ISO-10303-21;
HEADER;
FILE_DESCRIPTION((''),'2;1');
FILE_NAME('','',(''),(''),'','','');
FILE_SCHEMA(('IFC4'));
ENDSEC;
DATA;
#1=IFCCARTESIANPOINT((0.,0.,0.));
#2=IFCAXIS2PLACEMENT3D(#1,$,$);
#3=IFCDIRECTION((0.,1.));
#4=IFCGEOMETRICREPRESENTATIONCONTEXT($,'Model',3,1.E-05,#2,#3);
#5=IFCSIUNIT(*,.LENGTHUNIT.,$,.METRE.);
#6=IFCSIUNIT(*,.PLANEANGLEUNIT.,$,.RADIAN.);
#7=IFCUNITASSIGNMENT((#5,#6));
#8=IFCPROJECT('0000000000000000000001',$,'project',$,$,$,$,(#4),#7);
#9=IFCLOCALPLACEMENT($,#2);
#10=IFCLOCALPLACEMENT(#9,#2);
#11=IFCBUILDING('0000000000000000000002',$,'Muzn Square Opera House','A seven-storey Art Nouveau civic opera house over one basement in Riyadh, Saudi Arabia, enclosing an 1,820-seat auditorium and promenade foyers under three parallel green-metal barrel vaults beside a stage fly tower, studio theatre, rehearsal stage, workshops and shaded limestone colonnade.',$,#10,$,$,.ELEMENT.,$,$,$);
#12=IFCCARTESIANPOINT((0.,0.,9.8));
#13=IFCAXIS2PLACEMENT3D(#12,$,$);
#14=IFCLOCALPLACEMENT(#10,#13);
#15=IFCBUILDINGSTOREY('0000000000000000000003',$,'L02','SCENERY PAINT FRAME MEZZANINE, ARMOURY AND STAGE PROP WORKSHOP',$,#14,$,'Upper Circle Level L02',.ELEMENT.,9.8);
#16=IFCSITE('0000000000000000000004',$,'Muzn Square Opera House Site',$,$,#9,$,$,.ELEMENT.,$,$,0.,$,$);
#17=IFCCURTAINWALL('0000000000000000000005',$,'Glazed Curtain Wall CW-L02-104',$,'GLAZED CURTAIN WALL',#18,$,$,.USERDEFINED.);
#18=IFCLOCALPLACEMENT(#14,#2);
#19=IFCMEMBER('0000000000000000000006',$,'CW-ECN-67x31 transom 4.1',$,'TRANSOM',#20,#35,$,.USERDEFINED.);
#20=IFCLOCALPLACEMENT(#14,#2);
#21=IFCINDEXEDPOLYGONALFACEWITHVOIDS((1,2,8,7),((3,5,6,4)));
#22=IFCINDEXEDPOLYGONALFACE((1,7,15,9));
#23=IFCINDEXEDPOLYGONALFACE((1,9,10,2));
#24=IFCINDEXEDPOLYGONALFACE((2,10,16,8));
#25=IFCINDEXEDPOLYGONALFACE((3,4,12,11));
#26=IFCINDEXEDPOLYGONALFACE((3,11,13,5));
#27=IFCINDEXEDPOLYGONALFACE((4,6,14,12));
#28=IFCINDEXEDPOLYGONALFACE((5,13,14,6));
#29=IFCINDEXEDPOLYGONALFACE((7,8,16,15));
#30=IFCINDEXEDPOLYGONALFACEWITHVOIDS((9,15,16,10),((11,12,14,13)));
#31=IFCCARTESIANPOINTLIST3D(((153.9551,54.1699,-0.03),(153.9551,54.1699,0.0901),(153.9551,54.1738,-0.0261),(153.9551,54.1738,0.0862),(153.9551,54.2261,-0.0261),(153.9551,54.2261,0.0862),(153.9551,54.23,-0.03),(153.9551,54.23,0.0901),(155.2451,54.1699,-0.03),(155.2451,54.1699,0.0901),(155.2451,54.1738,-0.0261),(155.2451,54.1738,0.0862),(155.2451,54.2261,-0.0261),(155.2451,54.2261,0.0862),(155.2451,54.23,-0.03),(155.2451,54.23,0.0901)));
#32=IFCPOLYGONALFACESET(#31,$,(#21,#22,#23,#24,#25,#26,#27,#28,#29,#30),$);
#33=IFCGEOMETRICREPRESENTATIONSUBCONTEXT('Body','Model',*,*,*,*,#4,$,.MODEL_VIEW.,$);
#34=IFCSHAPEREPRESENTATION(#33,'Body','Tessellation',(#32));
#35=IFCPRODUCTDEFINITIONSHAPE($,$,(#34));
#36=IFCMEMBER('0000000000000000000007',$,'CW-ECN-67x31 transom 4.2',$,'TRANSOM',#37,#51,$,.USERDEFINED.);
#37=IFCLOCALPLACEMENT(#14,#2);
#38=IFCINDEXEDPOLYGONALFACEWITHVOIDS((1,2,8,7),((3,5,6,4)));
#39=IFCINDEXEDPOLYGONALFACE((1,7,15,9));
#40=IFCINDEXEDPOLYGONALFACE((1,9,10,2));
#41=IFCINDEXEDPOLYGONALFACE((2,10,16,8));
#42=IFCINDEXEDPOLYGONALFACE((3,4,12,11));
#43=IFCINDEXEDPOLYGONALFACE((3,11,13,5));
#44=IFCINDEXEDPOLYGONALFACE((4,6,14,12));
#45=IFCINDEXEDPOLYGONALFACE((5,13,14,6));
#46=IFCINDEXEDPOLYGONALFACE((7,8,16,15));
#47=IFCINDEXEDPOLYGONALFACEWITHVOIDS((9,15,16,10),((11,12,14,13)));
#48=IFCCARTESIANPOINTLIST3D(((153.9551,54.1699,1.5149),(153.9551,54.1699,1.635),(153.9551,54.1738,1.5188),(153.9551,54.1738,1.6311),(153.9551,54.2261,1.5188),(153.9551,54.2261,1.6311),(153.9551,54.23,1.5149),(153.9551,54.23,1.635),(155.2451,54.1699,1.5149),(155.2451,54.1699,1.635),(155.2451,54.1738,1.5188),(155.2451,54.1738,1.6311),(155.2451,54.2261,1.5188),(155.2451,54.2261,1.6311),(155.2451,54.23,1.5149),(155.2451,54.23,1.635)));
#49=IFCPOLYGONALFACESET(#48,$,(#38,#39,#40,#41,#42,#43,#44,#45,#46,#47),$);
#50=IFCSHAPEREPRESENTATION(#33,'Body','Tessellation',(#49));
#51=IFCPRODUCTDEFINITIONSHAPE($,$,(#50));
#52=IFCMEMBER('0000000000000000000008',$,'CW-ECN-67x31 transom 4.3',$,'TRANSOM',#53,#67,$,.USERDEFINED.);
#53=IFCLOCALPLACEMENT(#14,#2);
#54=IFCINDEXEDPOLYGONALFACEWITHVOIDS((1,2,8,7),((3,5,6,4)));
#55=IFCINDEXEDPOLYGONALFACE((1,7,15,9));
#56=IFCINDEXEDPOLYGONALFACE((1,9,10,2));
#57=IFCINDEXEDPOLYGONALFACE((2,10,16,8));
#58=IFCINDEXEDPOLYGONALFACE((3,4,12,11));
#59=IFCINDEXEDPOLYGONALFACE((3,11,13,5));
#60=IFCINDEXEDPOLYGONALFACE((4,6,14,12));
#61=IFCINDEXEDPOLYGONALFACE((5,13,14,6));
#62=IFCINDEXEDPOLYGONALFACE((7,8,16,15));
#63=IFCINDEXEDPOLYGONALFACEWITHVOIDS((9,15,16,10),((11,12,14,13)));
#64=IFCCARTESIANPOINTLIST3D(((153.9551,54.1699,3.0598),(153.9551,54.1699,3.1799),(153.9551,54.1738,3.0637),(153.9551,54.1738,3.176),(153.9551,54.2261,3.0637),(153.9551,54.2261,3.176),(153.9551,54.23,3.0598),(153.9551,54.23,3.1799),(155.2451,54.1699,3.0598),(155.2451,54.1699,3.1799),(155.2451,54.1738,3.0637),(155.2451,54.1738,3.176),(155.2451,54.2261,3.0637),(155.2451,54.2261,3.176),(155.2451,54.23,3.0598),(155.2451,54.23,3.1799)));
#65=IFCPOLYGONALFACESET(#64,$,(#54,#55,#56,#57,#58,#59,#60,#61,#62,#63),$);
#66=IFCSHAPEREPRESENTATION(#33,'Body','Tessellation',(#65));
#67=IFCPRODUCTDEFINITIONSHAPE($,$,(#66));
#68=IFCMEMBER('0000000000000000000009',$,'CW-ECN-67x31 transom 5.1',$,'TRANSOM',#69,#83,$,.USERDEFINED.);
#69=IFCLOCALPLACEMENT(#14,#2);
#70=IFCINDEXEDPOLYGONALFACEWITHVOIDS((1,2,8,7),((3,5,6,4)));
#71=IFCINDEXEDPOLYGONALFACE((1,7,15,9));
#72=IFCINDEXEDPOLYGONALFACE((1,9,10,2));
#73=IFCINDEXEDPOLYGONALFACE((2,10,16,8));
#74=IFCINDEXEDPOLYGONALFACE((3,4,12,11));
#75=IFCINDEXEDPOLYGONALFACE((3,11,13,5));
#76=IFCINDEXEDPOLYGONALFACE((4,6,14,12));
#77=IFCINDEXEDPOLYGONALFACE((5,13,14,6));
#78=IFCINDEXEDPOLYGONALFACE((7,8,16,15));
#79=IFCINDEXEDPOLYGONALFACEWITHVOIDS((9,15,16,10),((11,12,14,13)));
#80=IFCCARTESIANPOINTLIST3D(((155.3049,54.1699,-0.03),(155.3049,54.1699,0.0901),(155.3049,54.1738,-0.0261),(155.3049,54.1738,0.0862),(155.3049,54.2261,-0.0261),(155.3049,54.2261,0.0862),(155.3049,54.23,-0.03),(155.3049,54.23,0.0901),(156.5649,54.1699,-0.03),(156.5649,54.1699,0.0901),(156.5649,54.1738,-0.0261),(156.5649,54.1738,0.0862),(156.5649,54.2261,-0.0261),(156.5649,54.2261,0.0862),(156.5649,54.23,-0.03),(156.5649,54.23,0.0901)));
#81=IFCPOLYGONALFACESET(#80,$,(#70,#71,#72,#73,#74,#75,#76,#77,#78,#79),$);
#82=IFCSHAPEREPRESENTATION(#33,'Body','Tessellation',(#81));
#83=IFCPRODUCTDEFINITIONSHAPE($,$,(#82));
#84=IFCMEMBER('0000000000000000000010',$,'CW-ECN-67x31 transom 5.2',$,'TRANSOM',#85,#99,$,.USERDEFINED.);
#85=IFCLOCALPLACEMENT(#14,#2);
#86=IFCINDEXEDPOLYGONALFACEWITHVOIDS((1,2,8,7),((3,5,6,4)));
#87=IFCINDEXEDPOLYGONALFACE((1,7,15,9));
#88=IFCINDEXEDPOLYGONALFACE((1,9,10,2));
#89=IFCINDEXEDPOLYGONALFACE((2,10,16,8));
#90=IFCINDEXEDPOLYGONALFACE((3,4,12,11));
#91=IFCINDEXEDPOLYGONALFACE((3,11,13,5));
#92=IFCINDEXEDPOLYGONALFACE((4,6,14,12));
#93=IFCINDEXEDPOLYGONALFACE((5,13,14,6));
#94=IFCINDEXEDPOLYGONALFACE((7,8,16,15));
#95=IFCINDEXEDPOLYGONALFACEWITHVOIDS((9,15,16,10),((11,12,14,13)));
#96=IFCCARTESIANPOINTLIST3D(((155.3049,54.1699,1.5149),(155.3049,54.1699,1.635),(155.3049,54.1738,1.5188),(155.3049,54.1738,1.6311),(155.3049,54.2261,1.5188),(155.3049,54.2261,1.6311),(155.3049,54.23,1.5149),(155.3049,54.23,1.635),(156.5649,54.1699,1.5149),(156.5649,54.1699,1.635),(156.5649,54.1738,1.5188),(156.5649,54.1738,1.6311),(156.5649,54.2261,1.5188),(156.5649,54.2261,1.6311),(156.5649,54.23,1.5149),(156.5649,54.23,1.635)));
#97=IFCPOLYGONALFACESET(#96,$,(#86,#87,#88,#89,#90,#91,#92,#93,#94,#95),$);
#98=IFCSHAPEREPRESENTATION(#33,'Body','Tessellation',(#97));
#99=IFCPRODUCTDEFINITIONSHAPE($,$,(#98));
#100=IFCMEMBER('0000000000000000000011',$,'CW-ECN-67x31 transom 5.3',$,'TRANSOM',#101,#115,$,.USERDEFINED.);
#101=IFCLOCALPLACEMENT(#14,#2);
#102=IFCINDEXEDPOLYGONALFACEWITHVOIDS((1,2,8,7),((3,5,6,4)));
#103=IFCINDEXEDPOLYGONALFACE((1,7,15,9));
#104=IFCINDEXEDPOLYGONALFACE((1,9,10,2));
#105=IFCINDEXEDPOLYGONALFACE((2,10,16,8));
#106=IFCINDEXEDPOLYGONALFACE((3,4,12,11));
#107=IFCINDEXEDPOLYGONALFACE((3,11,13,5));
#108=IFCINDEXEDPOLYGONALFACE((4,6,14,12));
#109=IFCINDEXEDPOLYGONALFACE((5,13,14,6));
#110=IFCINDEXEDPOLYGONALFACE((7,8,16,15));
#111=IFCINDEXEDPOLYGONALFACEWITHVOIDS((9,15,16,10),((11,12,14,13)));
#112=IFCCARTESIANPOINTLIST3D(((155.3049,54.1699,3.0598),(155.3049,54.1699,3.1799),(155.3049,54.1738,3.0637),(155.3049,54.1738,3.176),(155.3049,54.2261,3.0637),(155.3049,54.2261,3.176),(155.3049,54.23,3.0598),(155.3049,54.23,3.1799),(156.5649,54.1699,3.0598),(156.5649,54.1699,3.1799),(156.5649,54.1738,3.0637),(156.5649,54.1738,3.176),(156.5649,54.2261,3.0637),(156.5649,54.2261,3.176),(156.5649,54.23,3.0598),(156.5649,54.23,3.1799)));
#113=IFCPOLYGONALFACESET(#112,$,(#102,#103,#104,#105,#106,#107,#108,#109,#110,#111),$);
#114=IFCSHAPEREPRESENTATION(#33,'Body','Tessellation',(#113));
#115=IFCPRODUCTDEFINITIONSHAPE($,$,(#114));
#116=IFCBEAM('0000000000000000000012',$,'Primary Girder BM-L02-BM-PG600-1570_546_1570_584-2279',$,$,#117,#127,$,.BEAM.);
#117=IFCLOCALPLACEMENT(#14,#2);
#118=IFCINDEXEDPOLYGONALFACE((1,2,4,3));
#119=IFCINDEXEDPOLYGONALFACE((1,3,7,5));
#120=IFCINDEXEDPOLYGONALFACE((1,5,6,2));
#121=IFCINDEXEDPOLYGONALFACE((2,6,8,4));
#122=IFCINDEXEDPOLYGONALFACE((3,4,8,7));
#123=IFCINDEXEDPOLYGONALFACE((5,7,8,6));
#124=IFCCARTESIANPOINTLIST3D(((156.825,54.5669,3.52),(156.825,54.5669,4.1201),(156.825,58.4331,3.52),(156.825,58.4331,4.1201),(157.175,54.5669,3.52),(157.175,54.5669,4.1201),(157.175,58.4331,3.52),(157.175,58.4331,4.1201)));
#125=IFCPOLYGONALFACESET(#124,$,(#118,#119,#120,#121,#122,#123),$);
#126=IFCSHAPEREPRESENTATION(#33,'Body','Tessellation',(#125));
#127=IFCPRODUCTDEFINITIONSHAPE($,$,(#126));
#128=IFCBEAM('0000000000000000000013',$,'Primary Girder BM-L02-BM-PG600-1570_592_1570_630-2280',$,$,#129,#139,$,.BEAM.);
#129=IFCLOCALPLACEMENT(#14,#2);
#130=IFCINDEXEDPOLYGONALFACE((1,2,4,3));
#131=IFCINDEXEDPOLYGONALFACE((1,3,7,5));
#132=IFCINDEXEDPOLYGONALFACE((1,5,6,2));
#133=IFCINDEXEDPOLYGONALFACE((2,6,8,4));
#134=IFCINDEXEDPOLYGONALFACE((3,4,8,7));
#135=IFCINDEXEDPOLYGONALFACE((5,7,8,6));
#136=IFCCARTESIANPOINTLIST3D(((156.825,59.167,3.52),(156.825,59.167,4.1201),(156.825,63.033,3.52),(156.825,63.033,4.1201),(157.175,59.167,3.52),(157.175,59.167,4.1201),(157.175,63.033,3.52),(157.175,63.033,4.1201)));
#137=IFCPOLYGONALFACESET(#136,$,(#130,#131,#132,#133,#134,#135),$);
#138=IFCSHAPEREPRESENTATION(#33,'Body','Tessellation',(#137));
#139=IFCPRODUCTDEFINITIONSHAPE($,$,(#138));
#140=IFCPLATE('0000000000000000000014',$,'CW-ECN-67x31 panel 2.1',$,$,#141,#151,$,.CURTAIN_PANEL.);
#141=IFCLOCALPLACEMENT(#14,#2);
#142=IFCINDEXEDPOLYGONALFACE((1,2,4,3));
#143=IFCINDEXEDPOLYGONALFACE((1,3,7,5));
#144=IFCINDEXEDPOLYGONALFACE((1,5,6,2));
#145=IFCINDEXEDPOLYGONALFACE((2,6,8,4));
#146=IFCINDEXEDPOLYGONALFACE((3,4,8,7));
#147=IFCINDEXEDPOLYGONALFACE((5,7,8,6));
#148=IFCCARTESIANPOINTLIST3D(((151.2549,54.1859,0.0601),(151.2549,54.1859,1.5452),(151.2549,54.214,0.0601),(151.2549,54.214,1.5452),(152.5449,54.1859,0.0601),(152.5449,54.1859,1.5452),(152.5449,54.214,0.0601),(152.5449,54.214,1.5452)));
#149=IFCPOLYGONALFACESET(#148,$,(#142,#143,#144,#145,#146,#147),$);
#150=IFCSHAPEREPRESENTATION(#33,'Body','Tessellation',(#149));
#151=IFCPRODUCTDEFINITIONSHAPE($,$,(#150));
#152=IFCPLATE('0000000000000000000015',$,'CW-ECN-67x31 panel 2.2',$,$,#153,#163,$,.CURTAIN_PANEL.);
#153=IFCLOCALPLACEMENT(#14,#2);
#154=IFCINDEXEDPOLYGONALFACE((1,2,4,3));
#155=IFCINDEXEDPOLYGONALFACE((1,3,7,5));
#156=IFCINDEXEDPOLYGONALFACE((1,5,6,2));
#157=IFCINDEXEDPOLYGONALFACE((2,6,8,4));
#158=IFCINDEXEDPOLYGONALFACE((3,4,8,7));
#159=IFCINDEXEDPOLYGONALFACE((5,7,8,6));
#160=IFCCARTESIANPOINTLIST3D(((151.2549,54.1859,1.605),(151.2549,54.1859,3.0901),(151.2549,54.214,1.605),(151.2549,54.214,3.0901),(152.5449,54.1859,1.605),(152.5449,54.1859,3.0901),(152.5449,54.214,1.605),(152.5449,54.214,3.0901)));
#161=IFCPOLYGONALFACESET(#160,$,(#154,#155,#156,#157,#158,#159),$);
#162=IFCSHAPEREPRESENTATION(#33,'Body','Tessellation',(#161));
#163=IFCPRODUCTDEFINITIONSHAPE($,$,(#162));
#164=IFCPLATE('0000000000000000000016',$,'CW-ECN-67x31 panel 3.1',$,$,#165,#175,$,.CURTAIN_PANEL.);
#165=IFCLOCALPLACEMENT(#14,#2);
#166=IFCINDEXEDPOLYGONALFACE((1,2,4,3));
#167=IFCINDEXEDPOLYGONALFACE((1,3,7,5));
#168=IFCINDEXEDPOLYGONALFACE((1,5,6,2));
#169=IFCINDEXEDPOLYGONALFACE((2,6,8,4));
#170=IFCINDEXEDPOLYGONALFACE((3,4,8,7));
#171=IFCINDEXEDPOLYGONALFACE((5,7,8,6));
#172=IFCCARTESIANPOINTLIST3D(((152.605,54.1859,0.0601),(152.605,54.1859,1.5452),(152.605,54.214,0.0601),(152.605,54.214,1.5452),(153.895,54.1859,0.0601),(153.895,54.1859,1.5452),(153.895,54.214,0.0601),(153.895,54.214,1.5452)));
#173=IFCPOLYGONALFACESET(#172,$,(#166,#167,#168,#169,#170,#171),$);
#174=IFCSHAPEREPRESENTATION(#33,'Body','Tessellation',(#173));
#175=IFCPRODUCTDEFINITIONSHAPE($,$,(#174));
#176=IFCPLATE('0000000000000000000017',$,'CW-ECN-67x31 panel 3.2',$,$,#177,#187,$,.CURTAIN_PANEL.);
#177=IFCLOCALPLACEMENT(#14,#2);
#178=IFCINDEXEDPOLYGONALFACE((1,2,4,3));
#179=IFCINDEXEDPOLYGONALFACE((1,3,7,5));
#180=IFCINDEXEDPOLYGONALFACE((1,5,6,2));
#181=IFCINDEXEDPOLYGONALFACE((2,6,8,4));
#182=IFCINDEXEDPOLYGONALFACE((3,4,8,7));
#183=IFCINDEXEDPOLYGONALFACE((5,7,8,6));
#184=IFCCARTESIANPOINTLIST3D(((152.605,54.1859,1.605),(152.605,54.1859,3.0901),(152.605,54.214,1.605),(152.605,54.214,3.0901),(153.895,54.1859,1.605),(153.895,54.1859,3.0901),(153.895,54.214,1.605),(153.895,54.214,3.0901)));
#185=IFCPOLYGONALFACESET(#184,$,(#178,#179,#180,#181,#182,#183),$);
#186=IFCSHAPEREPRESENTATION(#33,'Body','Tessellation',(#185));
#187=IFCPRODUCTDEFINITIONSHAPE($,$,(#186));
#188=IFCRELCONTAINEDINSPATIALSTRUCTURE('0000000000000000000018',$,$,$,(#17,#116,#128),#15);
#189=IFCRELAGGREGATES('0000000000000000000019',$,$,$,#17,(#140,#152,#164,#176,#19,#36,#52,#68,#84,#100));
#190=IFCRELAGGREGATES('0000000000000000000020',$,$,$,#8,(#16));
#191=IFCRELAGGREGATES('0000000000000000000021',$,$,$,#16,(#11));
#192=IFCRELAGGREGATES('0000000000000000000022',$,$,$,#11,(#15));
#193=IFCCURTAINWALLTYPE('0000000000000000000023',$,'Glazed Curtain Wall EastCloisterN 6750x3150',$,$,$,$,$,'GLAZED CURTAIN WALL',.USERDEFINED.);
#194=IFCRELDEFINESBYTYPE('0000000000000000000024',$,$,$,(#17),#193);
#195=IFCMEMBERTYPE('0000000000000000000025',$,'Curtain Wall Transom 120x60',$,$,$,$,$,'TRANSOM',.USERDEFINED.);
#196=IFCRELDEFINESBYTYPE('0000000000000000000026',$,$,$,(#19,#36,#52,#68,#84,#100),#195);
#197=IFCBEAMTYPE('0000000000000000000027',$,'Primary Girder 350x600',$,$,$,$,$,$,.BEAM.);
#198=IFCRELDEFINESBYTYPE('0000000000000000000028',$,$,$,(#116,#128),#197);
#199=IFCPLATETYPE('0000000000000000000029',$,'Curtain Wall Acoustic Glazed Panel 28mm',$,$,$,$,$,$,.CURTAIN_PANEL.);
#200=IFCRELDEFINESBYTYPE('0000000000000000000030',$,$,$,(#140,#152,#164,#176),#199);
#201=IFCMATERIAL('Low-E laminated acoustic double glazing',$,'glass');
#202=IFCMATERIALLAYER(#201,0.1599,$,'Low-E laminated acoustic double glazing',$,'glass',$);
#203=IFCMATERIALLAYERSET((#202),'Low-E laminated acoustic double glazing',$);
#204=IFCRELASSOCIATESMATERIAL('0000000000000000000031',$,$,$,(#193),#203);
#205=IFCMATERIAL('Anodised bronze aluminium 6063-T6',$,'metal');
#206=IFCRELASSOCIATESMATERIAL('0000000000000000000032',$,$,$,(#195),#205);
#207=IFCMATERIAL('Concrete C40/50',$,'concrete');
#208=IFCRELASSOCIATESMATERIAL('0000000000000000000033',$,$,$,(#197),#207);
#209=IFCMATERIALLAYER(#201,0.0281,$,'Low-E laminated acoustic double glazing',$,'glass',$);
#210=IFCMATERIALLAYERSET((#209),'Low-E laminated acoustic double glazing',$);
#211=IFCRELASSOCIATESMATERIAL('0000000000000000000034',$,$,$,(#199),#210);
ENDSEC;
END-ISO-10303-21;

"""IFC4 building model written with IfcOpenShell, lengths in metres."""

from ifc_helpers import new_model, si_unit, direction, frame, origin, origin_2d, place, context, subcontext, project, spatial, rectangle, hollow_rectangle, extrude, material, layer, layer_set, material_profile, profile_set, type_object, element, aggregate, save


model = new_model("IFC4")

# Units and contexts
model_context = context("Model", 3, precision=1e-05, world=origin(), true_north=direction((0.0, 1.0)))
body_context = subcontext(model_context, "Body", "Model", "MODEL_VIEW")
ifc_project = project(units=[si_unit("LENGTHUNIT", "METRE"), si_unit("PLANEANGLEUNIT", "RADIAN")], contexts=[model_context])

# Site, building, storey
site_placement = place(None, origin())
site = spatial("IfcSite", under=ifc_project, at=site_placement, Name="Muzn Square Opera House Site", CompositionType="ELEMENT", RefElevation=0.0)
building_placement = place(site_placement, origin())
building = spatial("IfcBuilding", under=site, at=building_placement, Name="Muzn Square Opera House", Description="A seven-storey Art Nouveau civic opera house over one basement in Riyadh, Saudi Arabia, enclosing an 1,820-seat auditorium and promenade foyers under three parallel green-metal barrel vaults beside a stage fly tower, studio theatre, rehearsal stage, workshops and shaded limestone colonnade.", CompositionType="ELEMENT")
storey_placement = place(building_placement, frame((0.0, 0.0, 9.8)))
storey = spatial("IfcBuildingStorey", under=building, at=storey_placement, Name="L02", Description="SCENERY PAINT FRAME MEZZANINE, ARMOURY AND STAGE PROP WORKSHOP", LongName="Upper Circle Level L02", CompositionType="ELEMENT", Elevation=9.8)

# Curtain wall, members
ifc_material_1 = material(Name="Low-E laminated acoustic double glazing", Category="glass")
ifc_layer_1 = layer(ifc_material_1, 0.1599, Name="Low-E laminated acoustic double glazing", Category="glass")
ifc_layer_set_1 = layer_set([ifc_layer_1], Name="Low-E laminated acoustic double glazing")
curtain_wall_type = type_object("IfcCurtainWallType", Name="Glazed Curtain Wall EastCloisterN 6750x3150", ElementType="GLAZED CURTAIN WALL", PredefinedType="USERDEFINED", material=ifc_layer_set_1)
curtain_wall_placement = place(storey_placement, origin())
curtain_wall = element("IfcCurtainWall", 1, at=curtain_wall_placement, inside=storey, type_object=curtain_wall_type, Name="Glazed Curtain Wall CW-L02-104", ObjectType="GLAZED CURTAIN WALL", PredefinedType="USERDEFINED")
ifc_material_2 = material(Name="Anodised bronze aluminium 6063-T6", Category="metal")
ifc_material_profile_1 = material_profile(ifc_material_2, hollow_rectangle(XDim=0.0601, YDim=0.1201, WallThickness=0.0039, at=origin_2d()), Name="ALU 120x60x4", Category="metal")
ifc_profile_set_1 = profile_set([ifc_material_profile_1], Name="Anodised bronze aluminium 6063-T6")
member_type_1 = type_object("IfcMemberType", Name="Curtain Wall Transom 120x60", ElementType="TRANSOM", PredefinedType="USERDEFINED", material=ifc_profile_set_1)
member_1_placement = place(storey_placement, frame((153.9551, 54.2, 0.03), z_axis=(1.0, 0.0, 0.0), x_axis=(0.0, 1.0, 0.0)))
member_1 = element("IfcMember", 2, at=member_1_placement, type_object=member_type_1, Name="CW-ECN-67x31 transom 4.1", ObjectType="TRANSOM", PredefinedType="USERDEFINED", context=body_context, shape_type="SweptSolid", body=[
    extrude(hollow_rectangle(XDim=0.0601, YDim=0.1201, WallThickness=0.0039, at=origin_2d()), origin(), (0.0, 0.0, 1.0), 1.29),
])
member_2_placement = place(storey_placement, frame((153.9551, 54.2, 1.575), z_axis=(1.0, 0.0, 0.0), x_axis=(0.0, 1.0, 0.0)))
member_2 = element("IfcMember", 3, at=member_2_placement, type_object=member_type_1, Name="CW-ECN-67x31 transom 4.2", ObjectType="TRANSOM", PredefinedType="USERDEFINED", context=body_context, shape_type="SweptSolid", body=[
    extrude(hollow_rectangle(XDim=0.0601, YDim=0.1201, WallThickness=0.0039, at=origin_2d()), origin(), (0.0, 0.0, 1.0), 1.29),
])
member_3_placement = place(storey_placement, frame((153.9551, 54.2, 3.1199), z_axis=(1.0, 0.0, 0.0), x_axis=(0.0, 1.0, 0.0)))
member_3 = element("IfcMember", 4, at=member_3_placement, type_object=member_type_1, Name="CW-ECN-67x31 transom 4.3", ObjectType="TRANSOM", PredefinedType="USERDEFINED", context=body_context, shape_type="SweptSolid", body=[
    extrude(hollow_rectangle(XDim=0.0601, YDim=0.1201, WallThickness=0.0039, at=origin_2d()), origin(), (0.0, 0.0, 1.0), 1.29),
])
member_4_placement = place(storey_placement, frame((155.3049, 54.2, 0.03), z_axis=(1.0, 0.0, 0.0), x_axis=(0.0, 1.0, 0.0)))
member_4 = element("IfcMember", 5, at=member_4_placement, type_object=member_type_1, Name="CW-ECN-67x31 transom 5.1", ObjectType="TRANSOM", PredefinedType="USERDEFINED", context=body_context, shape_type="SweptSolid", body=[
    extrude(hollow_rectangle(XDim=0.0601, YDim=0.1201, WallThickness=0.0039, at=origin_2d()), origin(), (0.0, 0.0, 1.0), 1.26),
])
member_5_placement = place(storey_placement, frame((155.3049, 54.2, 1.575), z_axis=(1.0, 0.0, 0.0), x_axis=(0.0, 1.0, 0.0)))
member_5 = element("IfcMember", 6, at=member_5_placement, type_object=member_type_1, Name="CW-ECN-67x31 transom 5.2", ObjectType="TRANSOM", PredefinedType="USERDEFINED", context=body_context, shape_type="SweptSolid", body=[
    extrude(hollow_rectangle(XDim=0.0601, YDim=0.1201, WallThickness=0.0039, at=origin_2d()), origin(), (0.0, 0.0, 1.0), 1.26),
])
member_6_placement = place(storey_placement, frame((155.3049, 54.2, 3.1199), z_axis=(1.0, 0.0, 0.0), x_axis=(0.0, 1.0, 0.0)))
member_6 = element("IfcMember", 7, at=member_6_placement, type_object=member_type_1, Name="CW-ECN-67x31 transom 5.3", ObjectType="TRANSOM", PredefinedType="USERDEFINED", context=body_context, shape_type="SweptSolid", body=[
    extrude(hollow_rectangle(XDim=0.0601, YDim=0.1201, WallThickness=0.0039, at=origin_2d()), origin(), (0.0, 0.0, 1.0), 1.26),
])

# Beams
ifc_material_3 = material(Name="Concrete C40/50", Category="concrete")
ifc_material_profile_2 = material_profile(ifc_material_3, rectangle(XDim=0.3501, YDim=0.6001, at=origin_2d()), Name="RCB 350x600", Category="concrete")
ifc_profile_set_2 = profile_set([ifc_material_profile_2], Name="Concrete C40/50")
beam_type = type_object("IfcBeamType", Name="Primary Girder 350x600", PredefinedType="BEAM", material=ifc_profile_set_2)
beam_1_placement = place(storey_placement, frame((157.0, 54.5669, 3.8201), z_axis=(0.0, 1.0, 0.0), x_axis=(-1.0, 0.0, 0.0)))
element("IfcBeam", 8, at=beam_1_placement, inside=storey, type_object=beam_type, Name="Primary Girder BM-L02-BM-PG600-1570_546_1570_584-2279", PredefinedType="BEAM", context=body_context, shape_type="SweptSolid", body=[
    extrude(rectangle(XDim=0.3501, YDim=0.6001, at=origin_2d()), origin(), (0.0, 0.0, 1.0), 3.8662),
])
beam_2_placement = place(storey_placement, frame((157.0, 59.167, 3.8201), z_axis=(0.0, 1.0, 0.0), x_axis=(-1.0, 0.0, 0.0)))
element("IfcBeam", 9, at=beam_2_placement, inside=storey, type_object=beam_type, Name="Primary Girder BM-L02-BM-PG600-1570_592_1570_630-2280", PredefinedType="BEAM", context=body_context, shape_type="SweptSolid", body=[
    extrude(rectangle(XDim=0.3501, YDim=0.6001, at=origin_2d()), origin(), (0.0, 0.0, 1.0), 3.866),
])

# Plates
ifc_layer_2 = layer(ifc_material_1, 0.0281, Name="Low-E laminated acoustic double glazing", Category="glass")
ifc_layer_set_2 = layer_set([ifc_layer_2], Name="Low-E laminated acoustic double glazing")
plate_type = type_object("IfcPlateType", Name="Curtain Wall Acoustic Glazed Panel 28mm", PredefinedType="CURTAIN_PANEL", material=ifc_layer_set_2)
plate_1_placement = place(storey_placement, frame((151.8999, 54.2, 0.0601), z_axis=(0.0, 0.0, 1.0), x_axis=(1.0, 0.0, 0.0)))
plate_1 = element("IfcPlate", 10, at=plate_1_placement, type_object=plate_type, Name="CW-ECN-67x31 panel 2.1", PredefinedType="CURTAIN_PANEL", context=body_context, shape_type="SweptSolid", body=[
    extrude(rectangle(XDim=1.29, YDim=0.0281, at=origin_2d()), origin(), (0.0, 0.0, 1.0), 1.4851),
])
plate_2_placement = place(storey_placement, frame((151.8999, 54.2, 1.605), z_axis=(0.0, 0.0, 1.0), x_axis=(1.0, 0.0, 0.0)))
plate_2 = element("IfcPlate", 11, at=plate_2_placement, type_object=plate_type, Name="CW-ECN-67x31 panel 2.2", PredefinedType="CURTAIN_PANEL", context=body_context, shape_type="SweptSolid", body=[
    extrude(rectangle(XDim=1.29, YDim=0.0281, at=origin_2d()), origin(), (0.0, 0.0, 1.0), 1.4851),
])
plate_3_placement = place(storey_placement, frame((153.25, 54.2, 0.0601), z_axis=(0.0, 0.0, 1.0), x_axis=(1.0, 0.0, 0.0)))
plate_3 = element("IfcPlate", 12, at=plate_3_placement, type_object=plate_type, Name="CW-ECN-67x31 panel 3.1", PredefinedType="CURTAIN_PANEL", context=body_context, shape_type="SweptSolid", body=[
    extrude(rectangle(XDim=1.29, YDim=0.0281, at=origin_2d()), origin(), (0.0, 0.0, 1.0), 1.4851),
])
plate_4_placement = place(storey_placement, frame((153.25, 54.2, 1.605), z_axis=(0.0, 0.0, 1.0), x_axis=(1.0, 0.0, 0.0)))
plate_4 = element("IfcPlate", 13, at=plate_4_placement, type_object=plate_type, Name="CW-ECN-67x31 panel 3.2", PredefinedType="CURTAIN_PANEL", context=body_context, shape_type="SweptSolid", body=[
    extrude(rectangle(XDim=1.29, YDim=0.0281, at=origin_2d()), origin(), (0.0, 0.0, 1.0), 1.4851),
])
aggregate(curtain_wall, [plate_1, plate_2, plate_3, plate_4, member_1, member_2, member_3, member_4, member_5, member_6])

save(model, "model.ifc")
